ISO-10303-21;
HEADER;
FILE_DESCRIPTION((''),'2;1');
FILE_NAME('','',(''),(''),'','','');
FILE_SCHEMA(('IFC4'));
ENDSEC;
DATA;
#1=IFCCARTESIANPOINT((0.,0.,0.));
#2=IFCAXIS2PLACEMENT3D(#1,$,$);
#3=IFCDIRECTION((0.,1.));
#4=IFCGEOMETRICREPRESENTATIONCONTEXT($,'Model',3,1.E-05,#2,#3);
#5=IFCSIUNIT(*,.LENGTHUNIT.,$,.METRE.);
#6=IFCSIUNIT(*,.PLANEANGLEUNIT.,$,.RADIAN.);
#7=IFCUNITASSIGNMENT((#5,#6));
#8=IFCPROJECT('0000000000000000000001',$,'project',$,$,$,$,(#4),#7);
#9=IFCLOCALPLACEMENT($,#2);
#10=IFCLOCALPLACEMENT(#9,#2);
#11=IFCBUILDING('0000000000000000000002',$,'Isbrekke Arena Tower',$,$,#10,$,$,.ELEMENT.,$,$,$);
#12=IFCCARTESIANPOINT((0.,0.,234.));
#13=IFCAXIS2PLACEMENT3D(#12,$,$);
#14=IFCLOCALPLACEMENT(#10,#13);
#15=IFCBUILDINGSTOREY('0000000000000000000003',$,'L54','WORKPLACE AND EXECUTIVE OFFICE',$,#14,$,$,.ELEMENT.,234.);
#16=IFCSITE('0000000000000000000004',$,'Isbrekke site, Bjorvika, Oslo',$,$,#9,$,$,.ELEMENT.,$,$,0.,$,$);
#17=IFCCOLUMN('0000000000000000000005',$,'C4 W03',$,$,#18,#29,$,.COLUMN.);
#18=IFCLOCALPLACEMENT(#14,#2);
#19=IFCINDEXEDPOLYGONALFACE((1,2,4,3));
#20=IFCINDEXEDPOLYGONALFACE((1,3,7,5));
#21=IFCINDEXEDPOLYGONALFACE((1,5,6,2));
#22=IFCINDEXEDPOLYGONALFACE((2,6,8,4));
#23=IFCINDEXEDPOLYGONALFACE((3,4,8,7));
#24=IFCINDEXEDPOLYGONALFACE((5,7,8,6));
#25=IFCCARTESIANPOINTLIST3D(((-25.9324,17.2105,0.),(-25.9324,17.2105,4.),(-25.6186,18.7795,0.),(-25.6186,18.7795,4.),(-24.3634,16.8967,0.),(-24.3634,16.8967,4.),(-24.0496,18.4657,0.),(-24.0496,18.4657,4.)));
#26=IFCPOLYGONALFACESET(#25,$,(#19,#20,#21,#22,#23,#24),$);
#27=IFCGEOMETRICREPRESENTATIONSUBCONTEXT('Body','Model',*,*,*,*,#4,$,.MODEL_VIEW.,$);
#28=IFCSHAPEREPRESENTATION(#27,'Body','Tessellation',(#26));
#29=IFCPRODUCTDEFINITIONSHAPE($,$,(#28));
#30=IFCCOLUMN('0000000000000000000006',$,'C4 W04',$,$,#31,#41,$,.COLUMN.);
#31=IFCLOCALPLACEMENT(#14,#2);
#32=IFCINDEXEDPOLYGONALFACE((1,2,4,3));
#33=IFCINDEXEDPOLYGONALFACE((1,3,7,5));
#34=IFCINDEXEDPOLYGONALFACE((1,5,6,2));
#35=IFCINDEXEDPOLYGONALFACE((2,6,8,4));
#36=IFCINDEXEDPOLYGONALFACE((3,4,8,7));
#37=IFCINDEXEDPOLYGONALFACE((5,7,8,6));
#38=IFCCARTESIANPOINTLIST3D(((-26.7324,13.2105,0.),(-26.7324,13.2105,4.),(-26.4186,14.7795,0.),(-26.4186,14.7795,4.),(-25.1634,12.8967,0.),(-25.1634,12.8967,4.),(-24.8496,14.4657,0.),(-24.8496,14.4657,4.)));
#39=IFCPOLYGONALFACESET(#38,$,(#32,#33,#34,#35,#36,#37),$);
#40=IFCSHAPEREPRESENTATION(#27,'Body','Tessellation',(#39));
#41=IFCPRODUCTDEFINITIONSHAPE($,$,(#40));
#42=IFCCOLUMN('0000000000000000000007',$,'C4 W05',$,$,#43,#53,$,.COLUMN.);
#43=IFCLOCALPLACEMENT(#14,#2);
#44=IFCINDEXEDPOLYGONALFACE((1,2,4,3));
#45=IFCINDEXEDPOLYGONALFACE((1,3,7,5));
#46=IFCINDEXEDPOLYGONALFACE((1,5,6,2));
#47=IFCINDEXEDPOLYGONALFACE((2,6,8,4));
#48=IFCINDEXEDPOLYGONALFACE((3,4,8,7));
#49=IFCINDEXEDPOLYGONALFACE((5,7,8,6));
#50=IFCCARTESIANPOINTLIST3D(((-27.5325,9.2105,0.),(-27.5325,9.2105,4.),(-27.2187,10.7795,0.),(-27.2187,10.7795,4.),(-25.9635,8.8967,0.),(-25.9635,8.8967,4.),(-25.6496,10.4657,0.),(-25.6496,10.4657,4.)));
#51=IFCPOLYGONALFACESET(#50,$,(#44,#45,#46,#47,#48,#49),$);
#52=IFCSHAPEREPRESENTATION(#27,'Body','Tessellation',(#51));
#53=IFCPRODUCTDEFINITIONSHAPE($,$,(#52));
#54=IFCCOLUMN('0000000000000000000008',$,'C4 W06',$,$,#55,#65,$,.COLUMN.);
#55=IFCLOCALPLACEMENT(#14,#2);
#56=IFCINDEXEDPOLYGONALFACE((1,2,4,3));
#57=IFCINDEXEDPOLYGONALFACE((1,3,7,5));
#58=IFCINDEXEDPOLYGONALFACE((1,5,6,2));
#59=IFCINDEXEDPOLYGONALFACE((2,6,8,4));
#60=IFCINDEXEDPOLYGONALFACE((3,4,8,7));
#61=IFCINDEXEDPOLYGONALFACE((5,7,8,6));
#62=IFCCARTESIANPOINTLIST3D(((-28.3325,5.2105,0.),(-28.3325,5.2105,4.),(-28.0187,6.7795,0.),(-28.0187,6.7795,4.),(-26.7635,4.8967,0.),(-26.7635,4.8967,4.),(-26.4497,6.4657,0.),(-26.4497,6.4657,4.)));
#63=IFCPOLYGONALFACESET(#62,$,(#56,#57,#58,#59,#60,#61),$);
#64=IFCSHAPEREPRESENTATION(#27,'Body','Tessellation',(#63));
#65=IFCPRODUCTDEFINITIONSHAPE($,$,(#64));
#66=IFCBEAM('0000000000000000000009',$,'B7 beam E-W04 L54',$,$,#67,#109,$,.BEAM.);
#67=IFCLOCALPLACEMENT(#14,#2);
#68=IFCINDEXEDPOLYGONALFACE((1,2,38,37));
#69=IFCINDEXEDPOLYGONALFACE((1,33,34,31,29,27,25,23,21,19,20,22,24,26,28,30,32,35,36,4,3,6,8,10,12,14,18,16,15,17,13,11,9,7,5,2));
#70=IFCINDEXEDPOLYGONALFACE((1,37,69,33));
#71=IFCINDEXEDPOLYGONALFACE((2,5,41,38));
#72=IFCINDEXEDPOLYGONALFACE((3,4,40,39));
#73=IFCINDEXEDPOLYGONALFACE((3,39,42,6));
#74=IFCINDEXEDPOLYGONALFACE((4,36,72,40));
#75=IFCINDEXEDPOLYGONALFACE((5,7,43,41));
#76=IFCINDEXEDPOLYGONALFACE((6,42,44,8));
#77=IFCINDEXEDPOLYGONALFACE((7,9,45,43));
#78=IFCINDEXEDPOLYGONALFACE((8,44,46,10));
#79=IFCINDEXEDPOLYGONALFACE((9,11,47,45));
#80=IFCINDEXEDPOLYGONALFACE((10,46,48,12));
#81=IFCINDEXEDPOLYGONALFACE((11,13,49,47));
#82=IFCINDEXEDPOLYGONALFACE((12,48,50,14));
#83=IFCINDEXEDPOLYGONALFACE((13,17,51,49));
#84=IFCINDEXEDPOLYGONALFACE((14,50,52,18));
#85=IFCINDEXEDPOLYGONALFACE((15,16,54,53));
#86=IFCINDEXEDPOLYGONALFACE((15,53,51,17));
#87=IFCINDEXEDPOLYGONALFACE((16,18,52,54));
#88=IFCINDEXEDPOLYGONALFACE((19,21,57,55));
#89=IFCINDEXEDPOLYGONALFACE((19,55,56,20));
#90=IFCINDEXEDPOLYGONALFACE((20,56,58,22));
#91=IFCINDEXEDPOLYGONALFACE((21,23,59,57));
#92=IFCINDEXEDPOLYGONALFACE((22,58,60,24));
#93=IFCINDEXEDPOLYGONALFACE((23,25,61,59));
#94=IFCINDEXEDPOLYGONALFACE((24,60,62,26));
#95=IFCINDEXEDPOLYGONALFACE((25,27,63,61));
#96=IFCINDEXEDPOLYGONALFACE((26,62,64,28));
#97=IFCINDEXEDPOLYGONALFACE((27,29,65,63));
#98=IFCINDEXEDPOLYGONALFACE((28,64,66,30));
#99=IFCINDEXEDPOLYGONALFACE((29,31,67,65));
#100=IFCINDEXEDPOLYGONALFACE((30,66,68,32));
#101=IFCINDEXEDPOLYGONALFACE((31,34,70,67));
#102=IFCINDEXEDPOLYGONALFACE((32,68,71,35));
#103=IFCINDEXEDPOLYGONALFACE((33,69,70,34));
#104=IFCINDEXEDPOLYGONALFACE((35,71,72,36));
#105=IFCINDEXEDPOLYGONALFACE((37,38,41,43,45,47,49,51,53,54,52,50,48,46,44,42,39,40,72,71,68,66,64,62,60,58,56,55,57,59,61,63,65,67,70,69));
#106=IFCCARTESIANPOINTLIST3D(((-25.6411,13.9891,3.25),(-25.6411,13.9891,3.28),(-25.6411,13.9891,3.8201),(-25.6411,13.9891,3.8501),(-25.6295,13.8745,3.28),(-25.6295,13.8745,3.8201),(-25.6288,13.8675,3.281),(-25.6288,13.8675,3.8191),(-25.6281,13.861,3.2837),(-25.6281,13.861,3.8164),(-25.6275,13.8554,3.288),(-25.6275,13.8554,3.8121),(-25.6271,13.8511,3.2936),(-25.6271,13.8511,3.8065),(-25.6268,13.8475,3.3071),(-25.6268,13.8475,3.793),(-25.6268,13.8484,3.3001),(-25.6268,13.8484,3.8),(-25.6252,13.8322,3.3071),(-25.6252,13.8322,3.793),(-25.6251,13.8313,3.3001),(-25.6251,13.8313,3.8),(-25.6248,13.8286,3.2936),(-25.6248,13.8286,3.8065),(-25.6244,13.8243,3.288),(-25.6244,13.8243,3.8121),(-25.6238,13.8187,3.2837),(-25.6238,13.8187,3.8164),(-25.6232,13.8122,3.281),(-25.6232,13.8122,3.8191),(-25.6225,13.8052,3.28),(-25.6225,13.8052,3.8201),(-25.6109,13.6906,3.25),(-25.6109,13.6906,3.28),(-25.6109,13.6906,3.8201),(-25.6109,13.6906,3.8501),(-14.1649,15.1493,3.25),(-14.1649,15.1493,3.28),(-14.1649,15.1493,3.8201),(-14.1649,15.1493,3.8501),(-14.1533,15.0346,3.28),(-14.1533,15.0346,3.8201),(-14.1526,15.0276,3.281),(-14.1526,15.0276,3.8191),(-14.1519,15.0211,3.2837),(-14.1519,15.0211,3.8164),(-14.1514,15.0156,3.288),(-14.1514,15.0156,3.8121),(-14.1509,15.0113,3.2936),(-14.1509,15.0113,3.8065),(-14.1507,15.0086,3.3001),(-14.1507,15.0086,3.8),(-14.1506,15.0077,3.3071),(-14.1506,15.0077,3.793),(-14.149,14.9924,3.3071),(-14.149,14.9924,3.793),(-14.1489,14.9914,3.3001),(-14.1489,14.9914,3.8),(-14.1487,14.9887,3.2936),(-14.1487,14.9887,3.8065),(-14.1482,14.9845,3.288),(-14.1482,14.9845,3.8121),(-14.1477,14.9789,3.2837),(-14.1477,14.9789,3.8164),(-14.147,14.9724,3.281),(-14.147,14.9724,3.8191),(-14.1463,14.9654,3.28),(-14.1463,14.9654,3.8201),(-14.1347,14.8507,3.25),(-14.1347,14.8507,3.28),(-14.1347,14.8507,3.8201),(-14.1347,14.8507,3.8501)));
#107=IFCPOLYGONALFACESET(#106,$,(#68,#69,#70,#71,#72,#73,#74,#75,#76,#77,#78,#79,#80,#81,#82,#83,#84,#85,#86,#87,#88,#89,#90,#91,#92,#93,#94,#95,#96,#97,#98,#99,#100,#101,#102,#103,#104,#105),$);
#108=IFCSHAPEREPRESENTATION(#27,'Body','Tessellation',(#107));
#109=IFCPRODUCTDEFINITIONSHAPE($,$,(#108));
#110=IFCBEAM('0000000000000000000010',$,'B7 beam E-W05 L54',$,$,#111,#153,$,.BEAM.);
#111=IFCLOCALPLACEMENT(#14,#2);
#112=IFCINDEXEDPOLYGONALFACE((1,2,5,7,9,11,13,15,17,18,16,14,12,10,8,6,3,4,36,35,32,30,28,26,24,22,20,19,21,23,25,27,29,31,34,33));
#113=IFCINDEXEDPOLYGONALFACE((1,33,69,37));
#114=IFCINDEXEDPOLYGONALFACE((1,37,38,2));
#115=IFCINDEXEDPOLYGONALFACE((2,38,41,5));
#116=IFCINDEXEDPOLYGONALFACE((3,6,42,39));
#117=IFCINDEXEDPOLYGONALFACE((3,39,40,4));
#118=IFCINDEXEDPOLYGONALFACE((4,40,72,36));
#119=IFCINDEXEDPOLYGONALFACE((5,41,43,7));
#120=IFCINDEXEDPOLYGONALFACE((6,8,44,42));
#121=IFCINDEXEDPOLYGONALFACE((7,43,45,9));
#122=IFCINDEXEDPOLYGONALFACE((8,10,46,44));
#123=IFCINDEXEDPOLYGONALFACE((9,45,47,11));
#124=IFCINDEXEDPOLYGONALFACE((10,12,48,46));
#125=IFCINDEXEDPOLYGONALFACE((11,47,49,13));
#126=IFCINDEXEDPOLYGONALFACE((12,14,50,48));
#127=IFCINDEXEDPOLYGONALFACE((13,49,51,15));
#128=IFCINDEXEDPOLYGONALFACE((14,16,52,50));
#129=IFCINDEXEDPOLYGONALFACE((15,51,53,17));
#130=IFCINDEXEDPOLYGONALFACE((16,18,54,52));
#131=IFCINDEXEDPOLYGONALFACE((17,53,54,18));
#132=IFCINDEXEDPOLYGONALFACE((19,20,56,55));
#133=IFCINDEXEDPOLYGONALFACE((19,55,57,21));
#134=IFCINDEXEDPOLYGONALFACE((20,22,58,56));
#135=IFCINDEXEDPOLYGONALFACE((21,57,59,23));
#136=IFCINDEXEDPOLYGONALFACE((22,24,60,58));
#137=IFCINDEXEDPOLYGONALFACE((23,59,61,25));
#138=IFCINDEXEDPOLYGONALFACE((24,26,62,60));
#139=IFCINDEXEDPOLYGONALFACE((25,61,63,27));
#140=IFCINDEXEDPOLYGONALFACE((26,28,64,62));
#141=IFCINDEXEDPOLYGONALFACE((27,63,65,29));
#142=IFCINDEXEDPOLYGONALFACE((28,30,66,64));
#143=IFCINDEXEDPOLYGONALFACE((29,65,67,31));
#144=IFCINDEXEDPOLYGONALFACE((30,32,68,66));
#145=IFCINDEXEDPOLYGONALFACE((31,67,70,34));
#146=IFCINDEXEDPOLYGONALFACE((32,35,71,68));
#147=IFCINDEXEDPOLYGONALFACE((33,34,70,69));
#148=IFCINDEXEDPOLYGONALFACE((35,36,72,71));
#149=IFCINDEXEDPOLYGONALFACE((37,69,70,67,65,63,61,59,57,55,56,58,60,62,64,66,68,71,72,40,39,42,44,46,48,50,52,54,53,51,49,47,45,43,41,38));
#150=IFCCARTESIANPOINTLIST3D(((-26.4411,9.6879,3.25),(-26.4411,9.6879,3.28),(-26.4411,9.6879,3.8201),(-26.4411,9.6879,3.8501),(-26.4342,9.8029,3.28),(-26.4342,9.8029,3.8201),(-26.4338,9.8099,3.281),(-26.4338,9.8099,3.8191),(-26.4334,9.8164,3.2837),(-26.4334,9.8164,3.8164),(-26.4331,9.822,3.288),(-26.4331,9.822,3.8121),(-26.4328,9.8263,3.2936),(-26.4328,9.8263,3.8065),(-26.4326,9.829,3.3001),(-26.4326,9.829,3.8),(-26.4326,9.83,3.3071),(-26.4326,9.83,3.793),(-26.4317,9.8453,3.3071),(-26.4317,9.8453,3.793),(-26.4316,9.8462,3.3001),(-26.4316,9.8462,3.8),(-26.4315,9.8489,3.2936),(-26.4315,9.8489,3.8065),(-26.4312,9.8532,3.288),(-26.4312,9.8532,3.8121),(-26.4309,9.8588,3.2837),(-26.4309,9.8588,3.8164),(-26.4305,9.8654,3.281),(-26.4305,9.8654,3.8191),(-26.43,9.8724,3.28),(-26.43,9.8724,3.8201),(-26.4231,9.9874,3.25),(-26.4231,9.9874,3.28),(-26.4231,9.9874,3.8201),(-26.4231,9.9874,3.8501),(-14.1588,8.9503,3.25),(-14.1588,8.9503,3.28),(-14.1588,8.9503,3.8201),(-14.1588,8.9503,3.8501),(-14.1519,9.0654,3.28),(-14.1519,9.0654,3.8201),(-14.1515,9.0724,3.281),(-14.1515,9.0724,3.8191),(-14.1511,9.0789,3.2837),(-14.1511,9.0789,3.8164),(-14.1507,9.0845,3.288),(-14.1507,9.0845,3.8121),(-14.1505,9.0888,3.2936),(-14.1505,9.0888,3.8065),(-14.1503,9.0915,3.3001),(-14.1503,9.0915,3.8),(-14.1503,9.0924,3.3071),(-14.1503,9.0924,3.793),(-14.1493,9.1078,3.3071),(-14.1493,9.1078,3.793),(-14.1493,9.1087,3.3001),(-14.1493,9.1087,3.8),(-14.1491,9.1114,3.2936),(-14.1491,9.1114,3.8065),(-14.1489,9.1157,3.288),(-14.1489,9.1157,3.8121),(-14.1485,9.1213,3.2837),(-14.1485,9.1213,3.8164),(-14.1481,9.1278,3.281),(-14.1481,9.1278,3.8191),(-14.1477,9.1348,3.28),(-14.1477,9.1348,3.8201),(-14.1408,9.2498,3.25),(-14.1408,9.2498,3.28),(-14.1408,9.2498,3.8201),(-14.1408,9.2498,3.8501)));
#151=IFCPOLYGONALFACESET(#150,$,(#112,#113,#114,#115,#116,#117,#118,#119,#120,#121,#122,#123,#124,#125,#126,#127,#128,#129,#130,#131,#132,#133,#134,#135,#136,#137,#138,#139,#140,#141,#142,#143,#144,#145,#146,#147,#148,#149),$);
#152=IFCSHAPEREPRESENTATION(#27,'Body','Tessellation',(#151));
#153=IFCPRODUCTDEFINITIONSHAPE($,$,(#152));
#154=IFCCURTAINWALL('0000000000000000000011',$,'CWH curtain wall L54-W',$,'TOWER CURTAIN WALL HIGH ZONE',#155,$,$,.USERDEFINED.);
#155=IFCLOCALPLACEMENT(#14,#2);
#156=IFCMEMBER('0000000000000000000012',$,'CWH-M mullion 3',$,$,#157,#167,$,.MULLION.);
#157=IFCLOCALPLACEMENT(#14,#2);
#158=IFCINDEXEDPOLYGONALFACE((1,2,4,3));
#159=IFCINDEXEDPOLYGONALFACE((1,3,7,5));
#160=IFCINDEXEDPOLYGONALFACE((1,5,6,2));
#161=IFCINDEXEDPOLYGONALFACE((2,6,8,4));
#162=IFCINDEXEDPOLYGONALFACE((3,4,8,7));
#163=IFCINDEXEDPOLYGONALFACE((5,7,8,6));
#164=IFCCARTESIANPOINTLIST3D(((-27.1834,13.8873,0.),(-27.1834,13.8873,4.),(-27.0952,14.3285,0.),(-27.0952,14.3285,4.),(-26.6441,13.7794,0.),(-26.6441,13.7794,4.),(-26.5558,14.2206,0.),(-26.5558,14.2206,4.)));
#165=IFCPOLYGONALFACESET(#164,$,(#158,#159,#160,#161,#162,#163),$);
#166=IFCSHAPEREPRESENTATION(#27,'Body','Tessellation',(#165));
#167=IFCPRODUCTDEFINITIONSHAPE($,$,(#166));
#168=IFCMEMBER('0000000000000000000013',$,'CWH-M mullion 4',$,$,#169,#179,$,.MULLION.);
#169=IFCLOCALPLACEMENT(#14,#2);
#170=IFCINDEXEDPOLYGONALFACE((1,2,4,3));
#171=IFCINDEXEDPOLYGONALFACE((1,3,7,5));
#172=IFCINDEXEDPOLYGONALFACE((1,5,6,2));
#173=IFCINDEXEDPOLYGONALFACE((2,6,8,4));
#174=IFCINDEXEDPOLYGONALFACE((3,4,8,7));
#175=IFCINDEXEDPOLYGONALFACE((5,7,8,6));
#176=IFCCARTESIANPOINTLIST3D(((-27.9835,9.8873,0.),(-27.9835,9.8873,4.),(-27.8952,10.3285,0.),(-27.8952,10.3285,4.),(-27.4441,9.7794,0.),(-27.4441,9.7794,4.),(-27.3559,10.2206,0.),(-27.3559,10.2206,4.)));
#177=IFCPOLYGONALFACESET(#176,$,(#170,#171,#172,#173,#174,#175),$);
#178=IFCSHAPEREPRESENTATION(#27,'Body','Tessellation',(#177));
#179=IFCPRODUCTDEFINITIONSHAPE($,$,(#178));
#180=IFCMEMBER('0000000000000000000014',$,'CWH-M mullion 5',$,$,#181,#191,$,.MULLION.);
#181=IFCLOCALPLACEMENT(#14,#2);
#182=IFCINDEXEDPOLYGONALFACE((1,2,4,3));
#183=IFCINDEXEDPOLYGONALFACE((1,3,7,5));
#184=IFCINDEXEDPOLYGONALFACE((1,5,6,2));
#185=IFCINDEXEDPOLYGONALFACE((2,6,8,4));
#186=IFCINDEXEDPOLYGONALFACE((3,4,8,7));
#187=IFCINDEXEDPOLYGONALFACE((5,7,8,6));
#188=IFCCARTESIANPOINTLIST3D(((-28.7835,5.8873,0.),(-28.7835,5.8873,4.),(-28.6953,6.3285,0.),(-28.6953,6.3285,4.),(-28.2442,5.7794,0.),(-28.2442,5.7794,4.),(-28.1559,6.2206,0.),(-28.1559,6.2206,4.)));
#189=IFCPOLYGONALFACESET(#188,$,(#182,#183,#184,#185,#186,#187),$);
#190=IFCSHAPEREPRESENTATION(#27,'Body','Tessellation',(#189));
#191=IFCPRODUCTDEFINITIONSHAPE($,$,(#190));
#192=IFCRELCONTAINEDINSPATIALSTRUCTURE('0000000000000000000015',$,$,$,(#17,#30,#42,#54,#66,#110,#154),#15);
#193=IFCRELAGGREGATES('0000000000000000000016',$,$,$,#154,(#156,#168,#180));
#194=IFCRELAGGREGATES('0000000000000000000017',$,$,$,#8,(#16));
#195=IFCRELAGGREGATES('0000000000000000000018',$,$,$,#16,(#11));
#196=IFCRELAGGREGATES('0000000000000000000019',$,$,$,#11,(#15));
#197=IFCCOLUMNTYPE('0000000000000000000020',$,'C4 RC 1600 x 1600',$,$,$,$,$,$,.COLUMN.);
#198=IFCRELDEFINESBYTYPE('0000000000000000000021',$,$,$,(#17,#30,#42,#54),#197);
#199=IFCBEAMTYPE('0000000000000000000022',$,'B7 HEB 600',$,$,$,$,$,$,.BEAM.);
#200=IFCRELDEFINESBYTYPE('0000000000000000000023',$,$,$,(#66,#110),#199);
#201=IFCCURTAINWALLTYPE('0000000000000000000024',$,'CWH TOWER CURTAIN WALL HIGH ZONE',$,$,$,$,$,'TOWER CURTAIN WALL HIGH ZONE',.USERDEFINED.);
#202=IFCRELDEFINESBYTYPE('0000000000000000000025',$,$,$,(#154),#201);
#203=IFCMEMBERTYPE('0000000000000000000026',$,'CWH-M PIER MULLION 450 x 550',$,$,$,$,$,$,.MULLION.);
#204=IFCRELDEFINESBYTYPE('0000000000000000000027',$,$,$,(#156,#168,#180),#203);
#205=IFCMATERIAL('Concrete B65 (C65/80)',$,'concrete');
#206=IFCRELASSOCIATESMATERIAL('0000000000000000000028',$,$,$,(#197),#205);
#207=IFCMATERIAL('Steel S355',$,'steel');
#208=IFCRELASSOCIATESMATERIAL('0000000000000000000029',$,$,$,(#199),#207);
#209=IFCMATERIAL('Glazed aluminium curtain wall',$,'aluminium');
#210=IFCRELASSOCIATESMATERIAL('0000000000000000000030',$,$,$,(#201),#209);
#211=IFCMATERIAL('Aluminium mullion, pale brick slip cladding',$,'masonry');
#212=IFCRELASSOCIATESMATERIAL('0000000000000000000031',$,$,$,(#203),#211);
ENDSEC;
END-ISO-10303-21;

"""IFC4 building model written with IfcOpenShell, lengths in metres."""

from ifc_helpers import new_model, si_unit, direction, frame, origin, origin_2d, place, context, subcontext, project, spatial, rectangle, i_section, extrude, material, material_profile, profile_set, type_object, element, aggregate, save


model = new_model("IFC4")

# Units and contexts
model_context = context("Model", 3, precision=1e-05, world=origin(), true_north=direction((0.0, 1.0)))
body_context = subcontext(model_context, "Body", "Model", "MODEL_VIEW")
ifc_project = project(units=[si_unit("LENGTHUNIT", "METRE"), si_unit("PLANEANGLEUNIT", "RADIAN")], contexts=[model_context])

# Site, building, storey
site_placement = place(None, origin())
site = spatial("IfcSite", under=ifc_project, at=site_placement, Name="Isbrekke site, Bjorvika, Oslo", CompositionType="ELEMENT", RefElevation=0.0)
building_placement = place(site_placement, origin())
building = spatial("IfcBuilding", under=site, at=building_placement, Name="Isbrekke Arena Tower", CompositionType="ELEMENT")
storey_placement = place(building_placement, frame((0.0, 0.0, 234.0)))
storey = spatial("IfcBuildingStorey", under=building, at=storey_placement, Name="L54", Description="WORKPLACE AND EXECUTIVE OFFICE", CompositionType="ELEMENT", Elevation=234.0)

# Columns
ifc_material_1 = material(Name="Concrete B65 (C65/80)", Category="concrete")
ifc_material_profile_1 = material_profile(ifc_material_1, rectangle(XDim=1.6001, YDim=1.6001, at=origin_2d()), Name="RC 1600x1600")
ifc_profile_set_1 = profile_set([ifc_material_profile_1], Name="Concrete B65 (C65/80)")
column_type = type_object("IfcColumnType", Name="C4 RC 1600 x 1600", PredefinedType="COLUMN", material=ifc_profile_set_1)
for number, where, z_axis, x_axis, name in (
    (1, (-24.991, 17.8381, 0.0), (0.0, 0.0, 1.0), (-0.196116, -0.980581, 0.0), "C4 W03"),
    (2, (-25.791, 13.8381, 0.0), (0.0, 0.0, 1.0), (-0.196116, -0.980581, 0.0), "C4 W04"),
    (3, (-26.5911, 9.8381, 0.0), (0.0, 0.0, 1.0), (-0.196116, -0.980581, 0.0), "C4 W05"),
    (4, (-27.3911, 5.8381, 0.0), (0.0, 0.0, 1.0), (-0.196116, -0.980581, 0.0), "C4 W06"),
):
    element("IfcColumn", number, at=place(storey_placement, frame(where, z_axis=z_axis, x_axis=x_axis)), inside=storey, type_object=column_type, Name=name, PredefinedType="COLUMN", context=body_context, shape_type="SweptSolid", body=[
        extrude(rectangle(XDim=1.6001, YDim=1.6001, at=origin_2d()), origin(), (0.0, 0.0, 1.0), 4.0),
    ])

# Beams
ifc_material_2 = material(Name="Steel S355", Category="steel")
ifc_material_profile_2 = material_profile(ifc_material_2, i_section(OverallWidth=0.3, OverallDepth=0.6001, WebThickness=0.0154, FlangeThickness=0.03, FilletRadius=0.0271, at=origin_2d()), Name="HEB 600")
ifc_profile_set_2 = profile_set([ifc_material_profile_2], Name="Steel S355")
beam_type_1 = type_object("IfcBeamType", Name="B7 HEB 600", PredefinedType="BEAM", material=ifc_profile_set_2)
beam_1_placement = place(storey_placement, frame((-25.626, 13.8398, 3.55), z_axis=(0.994929, 0.100581, 0.0), x_axis=(-0.100581, 0.994929, 0.0)))
element("IfcBeam", 5, at=beam_1_placement, inside=storey, type_object=beam_type_1, Name="B7 beam E-W04 L54", PredefinedType="BEAM", context=body_context, shape_type="SweptSolid", body=[
    extrude(i_section(OverallWidth=0.3, OverallDepth=0.6001, WebThickness=0.0154, FlangeThickness=0.03, FilletRadius=0.0271, at=origin_2d()), origin(), (0.0, 0.0, 1.0), 11.5347),
])
beam_2_placement = place(storey_placement, frame((-26.4321, 9.8376, 3.55), z_axis=(0.998202, -0.059942, 0.0), x_axis=(0.059942, 0.998202, 0.0)))
element("IfcBeam", 6, at=beam_2_placement, inside=storey, type_object=beam_type_1, Name="B7 beam E-W05 L54", PredefinedType="BEAM", context=body_context, shape_type="SweptSolid", body=[
    extrude(i_section(OverallWidth=0.3, OverallDepth=0.6001, WebThickness=0.0154, FlangeThickness=0.03, FilletRadius=0.0271, at=origin_2d()), origin(), (0.0, 0.0, 1.0), 12.3044),
])

# Curtain wall, members
ifc_material_3 = material(Name="Glazed aluminium curtain wall", Category="aluminium")
curtain_wall_type = type_object("IfcCurtainWallType", Name="CWH TOWER CURTAIN WALL HIGH ZONE", ElementType="TOWER CURTAIN WALL HIGH ZONE", PredefinedType="USERDEFINED", material=ifc_material_3)
curtain_wall_placement = place(storey_placement, origin())
curtain_wall = element("IfcCurtainWall", 7, at=curtain_wall_placement, inside=storey, type_object=curtain_wall_type, Name="CWH curtain wall L54-W", ObjectType="TOWER CURTAIN WALL HIGH ZONE", PredefinedType="USERDEFINED")
ifc_material_4 = material(Name="Aluminium mullion, pale brick slip cladding", Category="masonry")
ifc_material_profile_3 = material_profile(ifc_material_4, rectangle(XDim=0.45, YDim=0.55, at=origin_2d()), Name="PIER 450X550")
ifc_profile_set_3 = profile_set([ifc_material_profile_3], Name="Aluminium mullion, pale brick slip cladding")
member_type_1 = type_object("IfcMemberType", Name="CWH-M PIER MULLION 450 x 550", PredefinedType="MULLION", material=ifc_profile_set_3)
member_1_placement = place(storey_placement, frame((-26.8696, 14.054, 0.0), z_axis=(0.0, 0.0, 1.0), x_axis=(-0.196116, -0.980581, 0.0)))
member_1 = element("IfcMember", 8, at=member_1_placement, type_object=member_type_1, Name="CWH-M mullion 3", PredefinedType="MULLION", context=body_context, shape_type="SweptSolid", body=[
    extrude(rectangle(XDim=0.45, YDim=0.55, at=origin_2d()), origin(), (0.0, 0.0, 1.0), 4.0),
])
member_2_placement = place(storey_placement, frame((-27.6697, 10.054, 0.0), z_axis=(0.0, 0.0, 1.0), x_axis=(-0.196116, -0.980581, 0.0)))
member_2 = element("IfcMember", 9, at=member_2_placement, type_object=member_type_1, Name="CWH-M mullion 4", PredefinedType="MULLION", context=body_context, shape_type="SweptSolid", body=[
    extrude(rectangle(XDim=0.45, YDim=0.55, at=origin_2d()), origin(), (0.0, 0.0, 1.0), 4.0),
])
member_3_placement = place(storey_placement, frame((-28.4697, 6.054, 0.0), z_axis=(0.0, 0.0, 1.0), x_axis=(-0.196116, -0.980581, 0.0)))
member_3 = element("IfcMember", 10, at=member_3_placement, type_object=member_type_1, Name="CWH-M mullion 5", PredefinedType="MULLION", context=body_context, shape_type="SweptSolid", body=[
    extrude(rectangle(XDim=0.45, YDim=0.55, at=origin_2d()), origin(), (0.0, 0.0, 1.0), 4.0),
])

aggregate(curtain_wall, [member_1, member_2, member_3])

save(model, "model.ifc")
